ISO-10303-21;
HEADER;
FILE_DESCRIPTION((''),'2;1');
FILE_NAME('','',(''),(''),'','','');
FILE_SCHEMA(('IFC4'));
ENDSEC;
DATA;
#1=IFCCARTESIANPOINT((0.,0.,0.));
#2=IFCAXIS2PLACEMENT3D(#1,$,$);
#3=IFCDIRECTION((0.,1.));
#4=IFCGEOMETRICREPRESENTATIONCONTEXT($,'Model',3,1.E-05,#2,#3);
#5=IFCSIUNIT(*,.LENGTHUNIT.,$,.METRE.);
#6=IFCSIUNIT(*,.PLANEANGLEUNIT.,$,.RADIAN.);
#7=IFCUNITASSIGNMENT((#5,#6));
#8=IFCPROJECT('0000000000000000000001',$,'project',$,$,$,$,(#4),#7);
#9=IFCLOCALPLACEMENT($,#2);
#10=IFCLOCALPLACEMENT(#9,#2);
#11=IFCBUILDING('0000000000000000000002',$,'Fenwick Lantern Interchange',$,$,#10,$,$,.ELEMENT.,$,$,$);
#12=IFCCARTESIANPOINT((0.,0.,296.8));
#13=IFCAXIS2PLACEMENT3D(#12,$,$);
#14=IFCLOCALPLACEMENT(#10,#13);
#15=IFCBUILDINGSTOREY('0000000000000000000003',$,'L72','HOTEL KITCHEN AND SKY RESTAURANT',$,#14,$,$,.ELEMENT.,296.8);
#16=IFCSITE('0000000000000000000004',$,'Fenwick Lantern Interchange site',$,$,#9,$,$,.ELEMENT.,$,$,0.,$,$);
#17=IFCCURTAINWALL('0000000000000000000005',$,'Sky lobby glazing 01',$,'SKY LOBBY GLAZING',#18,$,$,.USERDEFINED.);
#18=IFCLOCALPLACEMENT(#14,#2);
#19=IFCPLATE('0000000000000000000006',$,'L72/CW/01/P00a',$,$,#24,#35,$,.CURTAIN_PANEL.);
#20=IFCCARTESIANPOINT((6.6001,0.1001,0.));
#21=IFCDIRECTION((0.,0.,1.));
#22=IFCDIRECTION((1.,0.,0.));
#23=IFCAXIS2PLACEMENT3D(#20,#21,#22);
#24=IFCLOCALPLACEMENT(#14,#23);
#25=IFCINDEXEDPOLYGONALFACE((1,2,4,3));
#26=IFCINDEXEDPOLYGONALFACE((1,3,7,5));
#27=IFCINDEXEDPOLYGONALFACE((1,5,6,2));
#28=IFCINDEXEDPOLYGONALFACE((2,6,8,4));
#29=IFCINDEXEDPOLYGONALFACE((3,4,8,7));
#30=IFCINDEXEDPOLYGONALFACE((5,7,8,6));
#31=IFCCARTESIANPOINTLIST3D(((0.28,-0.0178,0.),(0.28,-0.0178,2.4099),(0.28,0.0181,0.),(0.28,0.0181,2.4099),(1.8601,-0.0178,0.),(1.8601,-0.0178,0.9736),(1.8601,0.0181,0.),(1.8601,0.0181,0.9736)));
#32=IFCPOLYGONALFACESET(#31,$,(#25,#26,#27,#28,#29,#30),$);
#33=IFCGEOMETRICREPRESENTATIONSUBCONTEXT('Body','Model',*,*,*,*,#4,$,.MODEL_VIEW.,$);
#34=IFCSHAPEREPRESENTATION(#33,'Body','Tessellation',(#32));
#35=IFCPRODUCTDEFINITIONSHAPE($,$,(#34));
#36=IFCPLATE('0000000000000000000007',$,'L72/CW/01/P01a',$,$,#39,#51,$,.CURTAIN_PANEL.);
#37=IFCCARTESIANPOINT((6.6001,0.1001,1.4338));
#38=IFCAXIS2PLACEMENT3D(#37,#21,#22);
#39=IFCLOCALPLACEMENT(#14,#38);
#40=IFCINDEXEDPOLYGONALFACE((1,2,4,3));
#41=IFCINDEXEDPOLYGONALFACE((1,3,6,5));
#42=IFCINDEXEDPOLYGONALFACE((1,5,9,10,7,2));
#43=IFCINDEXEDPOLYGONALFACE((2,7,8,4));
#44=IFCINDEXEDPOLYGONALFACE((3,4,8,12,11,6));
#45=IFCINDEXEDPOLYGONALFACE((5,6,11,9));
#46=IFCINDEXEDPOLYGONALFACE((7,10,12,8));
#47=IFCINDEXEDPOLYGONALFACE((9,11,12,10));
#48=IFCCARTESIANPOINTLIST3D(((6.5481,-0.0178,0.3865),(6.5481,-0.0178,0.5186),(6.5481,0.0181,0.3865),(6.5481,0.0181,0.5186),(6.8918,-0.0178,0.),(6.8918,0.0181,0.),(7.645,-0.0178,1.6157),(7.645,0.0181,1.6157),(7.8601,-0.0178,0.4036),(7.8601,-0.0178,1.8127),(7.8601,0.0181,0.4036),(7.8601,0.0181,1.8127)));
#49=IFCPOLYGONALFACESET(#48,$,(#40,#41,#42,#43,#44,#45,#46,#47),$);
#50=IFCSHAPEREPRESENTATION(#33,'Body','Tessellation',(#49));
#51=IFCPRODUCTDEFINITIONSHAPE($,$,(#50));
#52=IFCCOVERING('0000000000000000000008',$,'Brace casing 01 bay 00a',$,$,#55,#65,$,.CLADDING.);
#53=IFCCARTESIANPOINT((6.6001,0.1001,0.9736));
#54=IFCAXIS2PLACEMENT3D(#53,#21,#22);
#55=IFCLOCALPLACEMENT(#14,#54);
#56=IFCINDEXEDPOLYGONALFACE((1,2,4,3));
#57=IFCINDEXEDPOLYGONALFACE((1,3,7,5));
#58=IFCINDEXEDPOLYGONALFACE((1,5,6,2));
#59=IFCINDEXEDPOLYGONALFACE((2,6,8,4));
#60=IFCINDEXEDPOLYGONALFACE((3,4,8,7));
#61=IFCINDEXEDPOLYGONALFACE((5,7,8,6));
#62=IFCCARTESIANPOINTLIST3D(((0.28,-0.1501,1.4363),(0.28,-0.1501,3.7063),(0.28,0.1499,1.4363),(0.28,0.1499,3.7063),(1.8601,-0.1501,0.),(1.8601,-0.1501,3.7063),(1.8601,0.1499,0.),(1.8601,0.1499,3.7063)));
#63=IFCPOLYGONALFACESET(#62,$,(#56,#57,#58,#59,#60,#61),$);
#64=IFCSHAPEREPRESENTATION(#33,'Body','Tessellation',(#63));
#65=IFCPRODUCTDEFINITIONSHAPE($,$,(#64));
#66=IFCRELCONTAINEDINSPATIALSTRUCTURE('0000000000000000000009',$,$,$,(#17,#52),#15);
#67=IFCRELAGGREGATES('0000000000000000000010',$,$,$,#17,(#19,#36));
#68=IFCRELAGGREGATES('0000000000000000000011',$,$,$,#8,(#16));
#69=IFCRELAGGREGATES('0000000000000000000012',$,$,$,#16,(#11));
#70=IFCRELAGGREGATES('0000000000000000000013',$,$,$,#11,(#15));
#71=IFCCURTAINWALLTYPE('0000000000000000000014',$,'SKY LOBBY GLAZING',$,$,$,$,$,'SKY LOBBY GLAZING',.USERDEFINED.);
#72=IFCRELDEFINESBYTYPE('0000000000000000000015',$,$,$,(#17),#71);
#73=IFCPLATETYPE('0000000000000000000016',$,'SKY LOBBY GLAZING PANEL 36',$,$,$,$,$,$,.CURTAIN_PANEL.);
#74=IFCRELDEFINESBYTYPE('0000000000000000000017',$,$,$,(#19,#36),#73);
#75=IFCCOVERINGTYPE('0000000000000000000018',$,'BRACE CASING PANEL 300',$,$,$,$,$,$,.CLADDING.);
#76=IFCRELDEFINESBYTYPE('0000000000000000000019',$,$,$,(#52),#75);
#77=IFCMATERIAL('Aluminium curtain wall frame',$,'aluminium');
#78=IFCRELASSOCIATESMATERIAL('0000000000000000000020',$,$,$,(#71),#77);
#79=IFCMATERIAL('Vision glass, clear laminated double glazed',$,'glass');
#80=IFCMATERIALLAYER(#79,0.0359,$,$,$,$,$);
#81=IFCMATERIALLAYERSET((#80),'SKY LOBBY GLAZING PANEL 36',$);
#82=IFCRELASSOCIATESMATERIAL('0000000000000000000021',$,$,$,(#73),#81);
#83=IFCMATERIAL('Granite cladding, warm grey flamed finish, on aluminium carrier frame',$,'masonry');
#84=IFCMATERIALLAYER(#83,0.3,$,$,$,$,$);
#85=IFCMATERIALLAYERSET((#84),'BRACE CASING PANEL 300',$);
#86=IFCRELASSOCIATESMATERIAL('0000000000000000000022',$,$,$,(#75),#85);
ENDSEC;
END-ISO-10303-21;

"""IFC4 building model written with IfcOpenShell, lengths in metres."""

from ifc_helpers import new_model, si_unit, direction, frame, origin, place, context, subcontext, project, spatial, polyline, outline, extrude, material, layer, layer_set, type_object, element, aggregate, save


model = new_model("IFC4")

# Units and contexts
model_context = context("Model", 3, precision=1e-05, world=origin(), true_north=direction((0.0, 1.0)))
body_context = subcontext(model_context, "Body", "Model", "MODEL_VIEW")
ifc_project = project(units=[si_unit("LENGTHUNIT", "METRE"), si_unit("PLANEANGLEUNIT", "RADIAN")], contexts=[model_context])

# Site, building, storey
site_placement = place(None, origin())
site = spatial("IfcSite", under=ifc_project, at=site_placement, Name="Fenwick Lantern Interchange site", CompositionType="ELEMENT", RefElevation=0.0)
building_placement = place(site_placement, origin())
building = spatial("IfcBuilding", under=site, at=building_placement, Name="Fenwick Lantern Interchange", CompositionType="ELEMENT")
storey_placement = place(building_placement, frame((0.0, 0.0, 296.8)))
storey = spatial("IfcBuildingStorey", under=building, at=storey_placement, Name="L72", Description="HOTEL KITCHEN AND SKY RESTAURANT", CompositionType="ELEMENT", Elevation=296.8)

# Curtain wall, plates
ifc_material_1 = material(Name="Aluminium curtain wall frame", Category="aluminium")
curtain_wall_type = type_object("IfcCurtainWallType", Name="SKY LOBBY GLAZING", ElementType="SKY LOBBY GLAZING", PredefinedType="USERDEFINED", material=ifc_material_1)
curtain_wall_placement = place(storey_placement, origin())
curtain_wall = element("IfcCurtainWall", 1, at=curtain_wall_placement, inside=storey, type_object=curtain_wall_type, Name="Sky lobby glazing 01", ObjectType="SKY LOBBY GLAZING", PredefinedType="USERDEFINED")
ifc_material_2 = material(Name="Vision glass, clear laminated double glazed", Category="glass")
ifc_layer_1 = layer(ifc_material_2, 0.0359)
ifc_layer_set_1 = layer_set([ifc_layer_1], Name="SKY LOBBY GLAZING PANEL 36")
plate_type = type_object("IfcPlateType", Name="SKY LOBBY GLAZING PANEL 36", PredefinedType="CURTAIN_PANEL", material=ifc_layer_set_1)
plate_1_placement = place(storey_placement, frame((6.6001, 0.1001, 0.0), z_axis=(0.0, 0.0, 1.0), x_axis=(1.0, 0.0, 0.0)))
plate_1 = element("IfcPlate", 2, at=plate_1_placement, type_object=plate_type, Name="L72/CW/01/P00a", PredefinedType="CURTAIN_PANEL", context=body_context, shape_type="SweptSolid", body=[
    extrude(outline(polyline([(0.28, 0.0), (1.8601, 0.0), (1.8601, 0.9736), (0.28, 2.4099), (0.28, 0.0)])), frame((0.0, 0.0181, 0.0), z_axis=(0.0, -1.0, 0.0), x_axis=(1.0, 0.0, 0.0)), (0.0, 0.0, 1.0), 0.0359),
])
plate_2_placement = place(storey_placement, frame((6.6001, 0.1001, 1.4338), z_axis=(0.0, 0.0, 1.0), x_axis=(1.0, 0.0, 0.0)))
plate_2 = element("IfcPlate", 3, at=plate_2_placement, type_object=plate_type, Name="L72/CW/01/P01a", PredefinedType="CURTAIN_PANEL", context=body_context, shape_type="SweptSolid", body=[
    extrude(outline(polyline([(6.8918, 0.0), (7.8601, 0.4036), (7.8601, 1.8127), (7.645, 1.6157), (6.5481, 0.5186), (6.5481, 0.3865), (6.8918, 0.0)])), frame((0.0, 0.0181, 0.0), z_axis=(0.0, -1.0, 0.0), x_axis=(1.0, 0.0, 0.0)), (0.0, 0.0, 1.0), 0.0359),
])
aggregate(curtain_wall, [plate_1, plate_2])

# Covering
ifc_material_3 = material(Name="Granite cladding, warm grey flamed finish, on aluminium carrier frame", Category="masonry")
ifc_layer_2 = layer(ifc_material_3, 0.3)
ifc_layer_set_2 = layer_set([ifc_layer_2], Name="BRACE CASING PANEL 300")
covering_type_1 = type_object("IfcCoveringType", Name="BRACE CASING PANEL 300", PredefinedType="CLADDING", material=ifc_layer_set_2)
covering_1_placement = place(storey_placement, frame((6.6001, 0.1001, 0.9736), z_axis=(0.0, 0.0, 1.0), x_axis=(1.0, 0.0, 0.0)))
element("IfcCovering", 4, at=covering_1_placement, inside=storey, type_object=covering_type_1, Name="Brace casing 01 bay 00a", PredefinedType="CLADDING", context=body_context, shape_type="SweptSolid", body=[
    extrude(outline(polyline([(1.8601, 0.0), (1.8601, 3.7063), (0.28, 3.7063), (0.28, 1.4363), (1.8601, 0.0)])), frame((0.0, 0.1499, 0.0), z_axis=(0.0, -1.0, 0.0), x_axis=(1.0, 0.0, 0.0)), (0.0, 0.0, 1.0), 0.3),
])

save(model, "model.ifc")
